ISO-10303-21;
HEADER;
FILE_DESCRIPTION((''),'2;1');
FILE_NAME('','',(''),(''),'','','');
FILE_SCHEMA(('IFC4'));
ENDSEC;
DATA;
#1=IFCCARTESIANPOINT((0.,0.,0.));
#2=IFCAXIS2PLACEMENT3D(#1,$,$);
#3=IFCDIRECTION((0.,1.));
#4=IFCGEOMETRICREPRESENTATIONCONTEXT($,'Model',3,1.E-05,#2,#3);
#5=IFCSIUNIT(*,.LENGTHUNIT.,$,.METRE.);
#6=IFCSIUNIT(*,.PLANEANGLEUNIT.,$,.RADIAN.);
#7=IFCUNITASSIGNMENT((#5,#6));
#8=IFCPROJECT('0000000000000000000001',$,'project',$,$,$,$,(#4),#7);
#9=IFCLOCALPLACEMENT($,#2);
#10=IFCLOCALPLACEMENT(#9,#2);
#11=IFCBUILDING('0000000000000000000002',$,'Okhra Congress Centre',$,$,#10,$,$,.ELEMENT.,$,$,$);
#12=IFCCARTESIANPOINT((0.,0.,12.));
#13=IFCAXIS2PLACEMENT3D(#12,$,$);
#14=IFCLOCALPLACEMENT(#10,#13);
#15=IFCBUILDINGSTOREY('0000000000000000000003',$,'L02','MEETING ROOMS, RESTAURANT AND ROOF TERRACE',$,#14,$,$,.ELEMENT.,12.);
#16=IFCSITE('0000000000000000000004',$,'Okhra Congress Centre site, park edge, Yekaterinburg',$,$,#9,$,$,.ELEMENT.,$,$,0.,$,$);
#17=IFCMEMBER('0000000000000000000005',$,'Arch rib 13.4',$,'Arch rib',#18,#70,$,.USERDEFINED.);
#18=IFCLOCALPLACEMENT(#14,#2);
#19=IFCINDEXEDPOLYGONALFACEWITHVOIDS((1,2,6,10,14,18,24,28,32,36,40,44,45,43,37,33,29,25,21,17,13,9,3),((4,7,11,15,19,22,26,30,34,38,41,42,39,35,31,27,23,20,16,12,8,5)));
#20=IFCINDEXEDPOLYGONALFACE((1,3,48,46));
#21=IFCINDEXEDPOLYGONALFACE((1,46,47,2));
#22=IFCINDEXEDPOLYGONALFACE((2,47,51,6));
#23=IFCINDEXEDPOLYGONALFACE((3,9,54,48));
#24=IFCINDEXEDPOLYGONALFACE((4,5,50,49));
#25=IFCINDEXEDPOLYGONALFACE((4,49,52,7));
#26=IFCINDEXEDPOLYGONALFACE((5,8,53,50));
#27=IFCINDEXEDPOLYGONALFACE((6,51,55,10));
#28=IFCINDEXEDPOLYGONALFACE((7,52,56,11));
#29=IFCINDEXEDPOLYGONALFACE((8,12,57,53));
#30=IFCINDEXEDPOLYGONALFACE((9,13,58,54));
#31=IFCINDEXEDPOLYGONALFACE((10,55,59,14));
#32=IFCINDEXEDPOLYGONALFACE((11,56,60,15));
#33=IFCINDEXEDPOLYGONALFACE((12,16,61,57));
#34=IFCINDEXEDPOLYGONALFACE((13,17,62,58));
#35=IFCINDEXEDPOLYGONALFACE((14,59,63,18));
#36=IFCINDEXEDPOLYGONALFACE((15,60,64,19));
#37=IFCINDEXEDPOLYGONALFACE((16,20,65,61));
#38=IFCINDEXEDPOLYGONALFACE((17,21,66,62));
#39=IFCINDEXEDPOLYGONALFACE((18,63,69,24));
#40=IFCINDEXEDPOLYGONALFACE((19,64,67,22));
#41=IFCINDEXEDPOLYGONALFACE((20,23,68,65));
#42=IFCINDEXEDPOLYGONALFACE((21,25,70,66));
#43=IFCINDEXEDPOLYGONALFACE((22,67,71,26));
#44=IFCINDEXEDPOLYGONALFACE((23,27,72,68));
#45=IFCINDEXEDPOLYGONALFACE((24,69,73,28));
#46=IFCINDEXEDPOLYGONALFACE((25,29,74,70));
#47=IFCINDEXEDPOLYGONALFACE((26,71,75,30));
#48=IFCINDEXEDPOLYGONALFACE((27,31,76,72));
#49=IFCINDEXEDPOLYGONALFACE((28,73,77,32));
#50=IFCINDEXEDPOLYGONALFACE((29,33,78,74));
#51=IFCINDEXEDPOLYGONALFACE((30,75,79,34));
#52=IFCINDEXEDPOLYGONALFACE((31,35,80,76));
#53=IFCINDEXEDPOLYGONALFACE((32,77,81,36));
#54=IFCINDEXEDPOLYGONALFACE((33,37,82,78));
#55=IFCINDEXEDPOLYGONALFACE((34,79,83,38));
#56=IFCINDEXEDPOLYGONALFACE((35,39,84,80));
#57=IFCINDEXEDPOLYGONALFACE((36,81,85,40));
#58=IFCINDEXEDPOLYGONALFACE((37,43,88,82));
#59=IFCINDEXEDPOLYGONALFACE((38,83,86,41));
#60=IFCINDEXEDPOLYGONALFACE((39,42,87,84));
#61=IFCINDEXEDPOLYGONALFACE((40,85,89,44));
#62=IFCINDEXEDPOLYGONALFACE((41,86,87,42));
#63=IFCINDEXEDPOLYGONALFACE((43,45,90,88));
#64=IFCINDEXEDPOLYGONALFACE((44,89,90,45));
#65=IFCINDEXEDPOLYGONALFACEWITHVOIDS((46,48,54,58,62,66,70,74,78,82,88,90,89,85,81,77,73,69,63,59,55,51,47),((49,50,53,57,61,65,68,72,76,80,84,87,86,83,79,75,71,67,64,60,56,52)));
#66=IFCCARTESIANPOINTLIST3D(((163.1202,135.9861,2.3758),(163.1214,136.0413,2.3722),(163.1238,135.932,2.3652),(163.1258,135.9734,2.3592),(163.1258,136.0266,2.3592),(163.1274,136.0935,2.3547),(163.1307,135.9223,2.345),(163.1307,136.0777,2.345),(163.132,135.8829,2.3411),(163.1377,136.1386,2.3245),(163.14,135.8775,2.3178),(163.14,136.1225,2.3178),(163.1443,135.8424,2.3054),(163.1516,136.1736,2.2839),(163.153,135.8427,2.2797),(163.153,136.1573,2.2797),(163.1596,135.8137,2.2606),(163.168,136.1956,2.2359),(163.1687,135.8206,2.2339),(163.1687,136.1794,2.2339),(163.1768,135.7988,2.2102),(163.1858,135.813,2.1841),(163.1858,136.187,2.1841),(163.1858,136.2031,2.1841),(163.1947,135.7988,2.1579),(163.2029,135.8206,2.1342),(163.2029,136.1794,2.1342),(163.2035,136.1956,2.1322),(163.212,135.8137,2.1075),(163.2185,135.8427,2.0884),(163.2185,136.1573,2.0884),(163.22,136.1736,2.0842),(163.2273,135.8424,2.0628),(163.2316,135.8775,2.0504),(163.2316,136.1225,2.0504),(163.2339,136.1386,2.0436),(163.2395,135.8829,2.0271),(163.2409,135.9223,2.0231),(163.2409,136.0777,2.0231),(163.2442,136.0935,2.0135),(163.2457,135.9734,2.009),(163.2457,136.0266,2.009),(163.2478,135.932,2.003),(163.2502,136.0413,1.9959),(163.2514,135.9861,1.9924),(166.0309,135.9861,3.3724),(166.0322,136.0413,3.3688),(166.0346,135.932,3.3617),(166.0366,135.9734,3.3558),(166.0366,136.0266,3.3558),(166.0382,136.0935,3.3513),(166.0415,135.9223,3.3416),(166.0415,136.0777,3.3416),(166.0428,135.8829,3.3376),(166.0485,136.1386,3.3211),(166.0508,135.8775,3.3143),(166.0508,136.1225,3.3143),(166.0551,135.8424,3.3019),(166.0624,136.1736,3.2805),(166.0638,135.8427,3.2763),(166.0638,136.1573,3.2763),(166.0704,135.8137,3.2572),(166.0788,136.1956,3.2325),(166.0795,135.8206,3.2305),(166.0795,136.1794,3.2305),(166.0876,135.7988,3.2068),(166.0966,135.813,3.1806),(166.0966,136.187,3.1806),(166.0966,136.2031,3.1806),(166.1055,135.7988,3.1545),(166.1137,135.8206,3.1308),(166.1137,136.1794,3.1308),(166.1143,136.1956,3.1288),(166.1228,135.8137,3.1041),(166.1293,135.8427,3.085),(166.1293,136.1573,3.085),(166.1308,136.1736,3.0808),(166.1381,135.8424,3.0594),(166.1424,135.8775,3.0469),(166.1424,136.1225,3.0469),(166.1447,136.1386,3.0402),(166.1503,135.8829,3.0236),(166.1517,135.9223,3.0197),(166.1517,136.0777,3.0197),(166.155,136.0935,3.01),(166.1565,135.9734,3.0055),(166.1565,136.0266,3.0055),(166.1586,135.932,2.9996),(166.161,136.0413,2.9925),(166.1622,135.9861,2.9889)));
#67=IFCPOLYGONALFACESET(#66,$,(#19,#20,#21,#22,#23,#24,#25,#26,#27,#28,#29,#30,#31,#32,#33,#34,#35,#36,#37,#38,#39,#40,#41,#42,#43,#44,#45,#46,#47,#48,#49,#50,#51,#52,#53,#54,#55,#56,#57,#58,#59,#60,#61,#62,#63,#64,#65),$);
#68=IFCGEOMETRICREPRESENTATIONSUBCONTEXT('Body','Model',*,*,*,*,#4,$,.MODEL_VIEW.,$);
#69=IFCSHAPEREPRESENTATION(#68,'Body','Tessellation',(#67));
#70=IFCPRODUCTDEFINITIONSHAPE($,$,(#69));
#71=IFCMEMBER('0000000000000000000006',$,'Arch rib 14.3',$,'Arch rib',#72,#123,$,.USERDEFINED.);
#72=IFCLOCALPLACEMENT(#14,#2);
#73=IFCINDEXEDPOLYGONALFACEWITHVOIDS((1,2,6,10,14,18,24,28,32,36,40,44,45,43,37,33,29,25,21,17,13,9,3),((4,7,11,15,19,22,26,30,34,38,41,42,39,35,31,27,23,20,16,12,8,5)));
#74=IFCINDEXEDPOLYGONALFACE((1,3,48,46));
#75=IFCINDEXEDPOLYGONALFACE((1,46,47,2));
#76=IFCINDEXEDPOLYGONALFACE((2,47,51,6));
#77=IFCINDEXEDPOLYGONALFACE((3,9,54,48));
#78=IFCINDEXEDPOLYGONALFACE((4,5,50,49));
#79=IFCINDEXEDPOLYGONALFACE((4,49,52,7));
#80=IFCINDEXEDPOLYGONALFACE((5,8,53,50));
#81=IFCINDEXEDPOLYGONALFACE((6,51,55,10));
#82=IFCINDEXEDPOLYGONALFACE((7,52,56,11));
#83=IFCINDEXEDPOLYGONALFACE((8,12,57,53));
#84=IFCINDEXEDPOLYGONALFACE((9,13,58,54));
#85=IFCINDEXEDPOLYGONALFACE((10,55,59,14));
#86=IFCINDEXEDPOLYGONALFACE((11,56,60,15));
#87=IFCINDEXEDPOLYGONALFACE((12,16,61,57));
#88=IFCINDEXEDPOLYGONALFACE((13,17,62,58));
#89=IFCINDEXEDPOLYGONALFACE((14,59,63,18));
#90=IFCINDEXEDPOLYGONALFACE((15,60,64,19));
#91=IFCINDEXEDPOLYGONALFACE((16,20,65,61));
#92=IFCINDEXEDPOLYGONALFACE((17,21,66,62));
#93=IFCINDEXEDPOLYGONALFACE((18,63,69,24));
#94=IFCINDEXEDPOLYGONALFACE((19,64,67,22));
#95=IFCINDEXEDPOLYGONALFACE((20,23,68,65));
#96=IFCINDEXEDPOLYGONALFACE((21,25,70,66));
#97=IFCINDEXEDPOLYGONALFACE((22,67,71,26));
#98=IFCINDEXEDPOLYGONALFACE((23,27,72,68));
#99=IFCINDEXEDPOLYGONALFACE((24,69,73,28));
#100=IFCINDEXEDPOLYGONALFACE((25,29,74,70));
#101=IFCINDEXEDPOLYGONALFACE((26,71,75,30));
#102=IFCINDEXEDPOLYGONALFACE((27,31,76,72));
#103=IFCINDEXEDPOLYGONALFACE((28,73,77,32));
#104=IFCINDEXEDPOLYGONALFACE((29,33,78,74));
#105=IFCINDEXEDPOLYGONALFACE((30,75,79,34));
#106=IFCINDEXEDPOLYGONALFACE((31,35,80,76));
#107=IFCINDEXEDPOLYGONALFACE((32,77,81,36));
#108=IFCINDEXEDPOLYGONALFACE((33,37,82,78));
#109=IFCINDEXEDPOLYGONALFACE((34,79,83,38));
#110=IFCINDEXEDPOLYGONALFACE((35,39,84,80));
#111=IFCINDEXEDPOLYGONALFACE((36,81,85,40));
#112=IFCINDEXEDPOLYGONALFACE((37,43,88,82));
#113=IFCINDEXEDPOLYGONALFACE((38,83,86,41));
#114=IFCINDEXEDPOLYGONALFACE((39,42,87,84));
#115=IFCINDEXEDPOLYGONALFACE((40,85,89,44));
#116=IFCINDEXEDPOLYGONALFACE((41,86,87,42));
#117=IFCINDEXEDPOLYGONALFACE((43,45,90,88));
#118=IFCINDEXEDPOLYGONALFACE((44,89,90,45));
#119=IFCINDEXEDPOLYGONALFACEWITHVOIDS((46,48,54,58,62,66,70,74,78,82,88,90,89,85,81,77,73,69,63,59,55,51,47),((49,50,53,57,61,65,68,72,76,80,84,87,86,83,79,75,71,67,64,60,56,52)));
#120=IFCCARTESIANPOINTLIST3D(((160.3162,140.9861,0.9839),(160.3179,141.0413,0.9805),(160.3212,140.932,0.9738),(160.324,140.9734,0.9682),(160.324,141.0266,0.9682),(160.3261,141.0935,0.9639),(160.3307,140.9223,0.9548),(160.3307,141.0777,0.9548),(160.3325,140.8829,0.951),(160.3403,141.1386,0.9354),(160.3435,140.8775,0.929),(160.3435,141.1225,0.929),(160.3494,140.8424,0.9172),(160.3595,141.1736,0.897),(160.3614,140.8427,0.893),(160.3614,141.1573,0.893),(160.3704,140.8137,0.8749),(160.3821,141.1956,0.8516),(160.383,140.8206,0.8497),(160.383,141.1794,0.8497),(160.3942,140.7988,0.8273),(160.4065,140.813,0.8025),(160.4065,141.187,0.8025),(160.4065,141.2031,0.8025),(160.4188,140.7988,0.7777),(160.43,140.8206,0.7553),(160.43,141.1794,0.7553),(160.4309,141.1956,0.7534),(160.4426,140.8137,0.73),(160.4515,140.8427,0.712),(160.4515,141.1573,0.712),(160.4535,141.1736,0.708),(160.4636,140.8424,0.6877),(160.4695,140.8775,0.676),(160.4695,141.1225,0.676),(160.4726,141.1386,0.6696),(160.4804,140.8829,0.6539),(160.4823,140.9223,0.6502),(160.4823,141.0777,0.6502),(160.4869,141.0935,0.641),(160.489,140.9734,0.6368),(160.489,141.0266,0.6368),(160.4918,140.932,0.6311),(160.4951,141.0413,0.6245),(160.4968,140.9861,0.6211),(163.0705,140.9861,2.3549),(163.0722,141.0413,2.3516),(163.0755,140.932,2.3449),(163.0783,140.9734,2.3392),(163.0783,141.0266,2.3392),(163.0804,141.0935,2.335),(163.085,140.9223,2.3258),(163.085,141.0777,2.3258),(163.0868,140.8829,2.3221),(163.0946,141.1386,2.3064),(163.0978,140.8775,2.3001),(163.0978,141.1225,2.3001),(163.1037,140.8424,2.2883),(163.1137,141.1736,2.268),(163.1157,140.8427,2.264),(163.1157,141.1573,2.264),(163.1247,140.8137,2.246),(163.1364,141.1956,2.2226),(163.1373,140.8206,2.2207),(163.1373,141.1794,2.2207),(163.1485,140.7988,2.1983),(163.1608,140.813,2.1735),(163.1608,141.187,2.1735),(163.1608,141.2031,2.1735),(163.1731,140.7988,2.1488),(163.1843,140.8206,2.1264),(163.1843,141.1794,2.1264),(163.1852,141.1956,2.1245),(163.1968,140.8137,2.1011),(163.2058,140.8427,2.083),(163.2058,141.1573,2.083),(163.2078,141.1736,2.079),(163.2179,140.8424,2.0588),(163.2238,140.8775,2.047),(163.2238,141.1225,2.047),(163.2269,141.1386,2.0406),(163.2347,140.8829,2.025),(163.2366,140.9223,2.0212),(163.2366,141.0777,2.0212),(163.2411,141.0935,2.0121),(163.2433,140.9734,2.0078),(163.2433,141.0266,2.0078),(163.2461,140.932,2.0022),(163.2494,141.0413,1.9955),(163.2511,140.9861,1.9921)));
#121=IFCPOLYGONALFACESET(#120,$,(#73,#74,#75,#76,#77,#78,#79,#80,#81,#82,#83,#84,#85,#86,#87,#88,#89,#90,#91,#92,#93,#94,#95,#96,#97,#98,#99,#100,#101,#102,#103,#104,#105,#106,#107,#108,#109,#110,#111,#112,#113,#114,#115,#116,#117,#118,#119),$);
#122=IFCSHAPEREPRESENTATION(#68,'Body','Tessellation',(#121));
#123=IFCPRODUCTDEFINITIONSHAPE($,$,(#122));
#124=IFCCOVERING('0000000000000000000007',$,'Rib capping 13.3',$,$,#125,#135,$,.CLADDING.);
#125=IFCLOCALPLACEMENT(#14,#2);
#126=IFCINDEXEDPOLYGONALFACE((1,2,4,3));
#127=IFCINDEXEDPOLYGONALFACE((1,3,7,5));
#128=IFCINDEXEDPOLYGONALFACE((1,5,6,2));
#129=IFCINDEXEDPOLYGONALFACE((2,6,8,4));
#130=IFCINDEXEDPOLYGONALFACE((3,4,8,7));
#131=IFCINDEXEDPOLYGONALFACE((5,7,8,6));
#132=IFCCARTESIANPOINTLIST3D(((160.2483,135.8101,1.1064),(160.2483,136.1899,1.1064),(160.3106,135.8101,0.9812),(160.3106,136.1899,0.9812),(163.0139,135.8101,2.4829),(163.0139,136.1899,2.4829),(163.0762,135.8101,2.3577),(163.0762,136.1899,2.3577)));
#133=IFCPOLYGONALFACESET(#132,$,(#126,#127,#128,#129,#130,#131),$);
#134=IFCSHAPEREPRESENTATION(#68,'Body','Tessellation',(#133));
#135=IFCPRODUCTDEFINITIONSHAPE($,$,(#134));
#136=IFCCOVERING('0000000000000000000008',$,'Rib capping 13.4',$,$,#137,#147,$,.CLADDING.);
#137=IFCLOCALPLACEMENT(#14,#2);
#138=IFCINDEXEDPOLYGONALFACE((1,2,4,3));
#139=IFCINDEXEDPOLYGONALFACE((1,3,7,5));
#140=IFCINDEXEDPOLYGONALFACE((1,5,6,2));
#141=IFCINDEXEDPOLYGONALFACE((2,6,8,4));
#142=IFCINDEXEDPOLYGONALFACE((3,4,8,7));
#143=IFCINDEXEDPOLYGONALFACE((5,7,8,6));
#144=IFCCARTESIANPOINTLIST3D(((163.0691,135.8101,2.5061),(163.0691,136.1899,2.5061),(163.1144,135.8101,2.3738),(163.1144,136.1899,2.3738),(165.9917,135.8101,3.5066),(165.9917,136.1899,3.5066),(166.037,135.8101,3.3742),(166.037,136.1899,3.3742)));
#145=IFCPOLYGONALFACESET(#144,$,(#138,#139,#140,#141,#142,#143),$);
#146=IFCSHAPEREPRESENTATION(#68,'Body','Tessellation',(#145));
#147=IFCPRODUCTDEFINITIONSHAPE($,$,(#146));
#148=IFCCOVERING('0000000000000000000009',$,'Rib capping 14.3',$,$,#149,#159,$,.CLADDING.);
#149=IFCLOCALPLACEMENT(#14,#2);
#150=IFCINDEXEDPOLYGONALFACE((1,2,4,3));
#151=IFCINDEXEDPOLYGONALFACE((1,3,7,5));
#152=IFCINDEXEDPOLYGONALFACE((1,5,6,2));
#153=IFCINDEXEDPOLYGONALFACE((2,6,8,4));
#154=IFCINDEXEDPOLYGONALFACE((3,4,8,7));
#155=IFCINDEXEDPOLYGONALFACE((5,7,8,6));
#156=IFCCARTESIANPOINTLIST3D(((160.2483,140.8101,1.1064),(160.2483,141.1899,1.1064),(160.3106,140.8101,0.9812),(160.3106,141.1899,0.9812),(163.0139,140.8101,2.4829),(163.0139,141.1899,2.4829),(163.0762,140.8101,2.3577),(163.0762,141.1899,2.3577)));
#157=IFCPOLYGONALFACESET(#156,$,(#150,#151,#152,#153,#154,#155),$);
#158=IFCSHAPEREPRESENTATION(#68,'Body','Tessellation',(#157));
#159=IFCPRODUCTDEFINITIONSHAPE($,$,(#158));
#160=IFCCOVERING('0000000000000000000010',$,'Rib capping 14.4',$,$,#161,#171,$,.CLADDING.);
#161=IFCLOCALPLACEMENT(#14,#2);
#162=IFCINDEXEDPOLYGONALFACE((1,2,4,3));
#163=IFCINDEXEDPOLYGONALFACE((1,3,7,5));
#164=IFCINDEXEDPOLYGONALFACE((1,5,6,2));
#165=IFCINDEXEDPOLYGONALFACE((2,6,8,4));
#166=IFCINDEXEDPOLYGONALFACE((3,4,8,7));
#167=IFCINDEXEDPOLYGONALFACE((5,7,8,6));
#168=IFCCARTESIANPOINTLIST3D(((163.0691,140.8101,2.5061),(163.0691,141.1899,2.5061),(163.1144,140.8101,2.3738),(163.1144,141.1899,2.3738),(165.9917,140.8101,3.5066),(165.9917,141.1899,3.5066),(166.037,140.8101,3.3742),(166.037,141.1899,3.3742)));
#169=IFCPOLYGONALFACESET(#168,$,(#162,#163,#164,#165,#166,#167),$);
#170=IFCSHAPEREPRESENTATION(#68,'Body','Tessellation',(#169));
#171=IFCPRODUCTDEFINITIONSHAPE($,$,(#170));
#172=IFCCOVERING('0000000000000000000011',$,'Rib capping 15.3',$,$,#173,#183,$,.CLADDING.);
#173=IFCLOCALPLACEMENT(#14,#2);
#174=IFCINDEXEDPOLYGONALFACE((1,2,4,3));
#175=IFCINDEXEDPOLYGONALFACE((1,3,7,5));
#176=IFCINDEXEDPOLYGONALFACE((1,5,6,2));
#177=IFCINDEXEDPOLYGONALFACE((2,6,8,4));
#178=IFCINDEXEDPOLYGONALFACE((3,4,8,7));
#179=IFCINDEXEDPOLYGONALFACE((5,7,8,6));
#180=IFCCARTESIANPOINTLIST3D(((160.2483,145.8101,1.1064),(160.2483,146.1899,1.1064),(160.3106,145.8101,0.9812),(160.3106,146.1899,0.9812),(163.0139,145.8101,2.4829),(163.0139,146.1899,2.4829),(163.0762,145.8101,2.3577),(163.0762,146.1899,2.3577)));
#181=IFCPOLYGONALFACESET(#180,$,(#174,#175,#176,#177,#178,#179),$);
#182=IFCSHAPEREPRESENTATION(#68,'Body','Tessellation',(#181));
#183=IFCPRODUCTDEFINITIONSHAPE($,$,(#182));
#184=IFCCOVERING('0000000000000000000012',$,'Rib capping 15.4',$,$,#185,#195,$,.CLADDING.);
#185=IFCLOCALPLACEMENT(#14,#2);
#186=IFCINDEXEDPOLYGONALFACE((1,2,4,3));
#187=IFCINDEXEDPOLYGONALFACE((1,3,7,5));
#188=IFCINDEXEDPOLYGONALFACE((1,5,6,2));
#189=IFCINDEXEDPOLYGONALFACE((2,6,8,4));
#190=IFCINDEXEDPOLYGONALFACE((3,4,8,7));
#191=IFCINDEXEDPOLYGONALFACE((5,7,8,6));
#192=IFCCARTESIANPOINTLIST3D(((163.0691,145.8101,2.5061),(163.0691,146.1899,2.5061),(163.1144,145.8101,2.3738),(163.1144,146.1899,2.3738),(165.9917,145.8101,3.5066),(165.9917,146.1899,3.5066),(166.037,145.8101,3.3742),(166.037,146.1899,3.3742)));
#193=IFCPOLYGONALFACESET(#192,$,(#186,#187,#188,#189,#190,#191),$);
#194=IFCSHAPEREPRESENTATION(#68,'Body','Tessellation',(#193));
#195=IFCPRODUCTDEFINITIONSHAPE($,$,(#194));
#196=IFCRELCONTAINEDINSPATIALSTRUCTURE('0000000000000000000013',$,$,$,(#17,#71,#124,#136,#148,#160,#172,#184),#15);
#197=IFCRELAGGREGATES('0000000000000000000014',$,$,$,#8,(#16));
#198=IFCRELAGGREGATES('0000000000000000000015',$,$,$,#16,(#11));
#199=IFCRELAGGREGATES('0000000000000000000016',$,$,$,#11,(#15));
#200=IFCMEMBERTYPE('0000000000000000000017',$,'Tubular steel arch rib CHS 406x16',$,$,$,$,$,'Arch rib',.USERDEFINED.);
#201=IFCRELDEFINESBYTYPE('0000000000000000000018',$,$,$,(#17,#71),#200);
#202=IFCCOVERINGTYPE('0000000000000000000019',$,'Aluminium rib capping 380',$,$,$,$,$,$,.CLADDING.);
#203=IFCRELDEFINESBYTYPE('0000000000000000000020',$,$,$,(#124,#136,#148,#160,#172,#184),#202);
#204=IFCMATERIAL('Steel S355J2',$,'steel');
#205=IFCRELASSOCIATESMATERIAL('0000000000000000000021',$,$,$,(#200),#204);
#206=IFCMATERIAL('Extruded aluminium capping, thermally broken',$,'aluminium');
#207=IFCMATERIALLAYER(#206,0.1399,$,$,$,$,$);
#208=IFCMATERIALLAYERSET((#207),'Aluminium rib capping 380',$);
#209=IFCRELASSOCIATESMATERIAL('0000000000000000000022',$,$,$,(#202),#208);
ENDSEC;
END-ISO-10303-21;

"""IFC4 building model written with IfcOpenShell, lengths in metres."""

from ifc_helpers import new_model, si_unit, direction, frame, origin, origin_2d, place, context, subcontext, project, spatial, polyline, hollow_circle, outline, extrude, material, layer, layer_set, material_profile, profile_set, type_object, element, save


model = new_model("IFC4")

# Units and contexts
model_context = context("Model", 3, precision=1e-05, world=origin(), true_north=direction((0.0, 1.0)))
body_context = subcontext(model_context, "Body", "Model", "MODEL_VIEW")
ifc_project = project(units=[si_unit("LENGTHUNIT", "METRE"), si_unit("PLANEANGLEUNIT", "RADIAN")], contexts=[model_context])

# Site, building, storey
site_placement = place(None, origin())
site = spatial("IfcSite", under=ifc_project, at=site_placement, Name="Okhra Congress Centre site, park edge, Yekaterinburg", CompositionType="ELEMENT", RefElevation=0.0)
building_placement = place(site_placement, origin())
building = spatial("IfcBuilding", under=site, at=building_placement, Name="Okhra Congress Centre", CompositionType="ELEMENT")
storey_placement = place(building_placement, frame((0.0, 0.0, 12.0)))
storey = spatial("IfcBuildingStorey", under=building, at=storey_placement, Name="L02", Description="MEETING ROOMS, RESTAURANT AND ROOF TERRACE", CompositionType="ELEMENT", Elevation=12.0)

# Members
ifc_material_1 = material(Name="Steel S355J2", Category="steel")
ifc_material_profile_1 = material_profile(ifc_material_1, hollow_circle(Radius=0.2031, WallThickness=0.0161, at=origin_2d()), Name="CHS 406.4x16")
ifc_profile_set_1 = profile_set([ifc_material_profile_1], Name="Steel S355J2")
member_type_1 = type_object("IfcMemberType", Name="Tubular steel arch rib CHS 406x16", ElementType="Arch rib", PredefinedType="USERDEFINED", material=ifc_profile_set_1)
for number, where, z_axis, x_axis, name in (
    (1, (163.1858, 136.0, 2.1841), (0.946089, 0.0, 0.323906), (0.0, 1.0, 0.0), "Arch rib 13.4"),
    (2, (160.4065, 141.0, 0.8025), (0.895219, 0.0, 0.445626), (0.0, 1.0, 0.0), "Arch rib 14.3"),
):
    element("IfcMember", number, at=place(storey_placement, frame(where, z_axis=z_axis, x_axis=x_axis)), inside=storey, type_object=member_type_1, Name=name, ObjectType="Arch rib", PredefinedType="USERDEFINED", context=body_context, shape_type="SweptSolid", body=[
        extrude(hollow_circle(Radius=0.2031, WallThickness=0.0161, at=origin_2d()), origin(), (0.0, 0.0, 1.0), 3.0767),
    ])

# Coverings
ifc_material_2 = material(Name="Extruded aluminium capping, thermally broken", Category="aluminium")
ifc_layer_1 = layer(ifc_material_2, 0.1399)
ifc_layer_set_1 = layer_set([ifc_layer_1], Name="Aluminium rib capping 380")
covering_type = type_object("IfcCoveringType", Name="Aluminium rib capping 380", PredefinedType="CLADDING", material=ifc_layer_set_1)
covering_1_placement = place(storey_placement, frame((160.2483, 135.8101, 1.1064), z_axis=(-0.445569, 0.0, 0.895248), x_axis=(0.895248, 0.0, 0.445569)))
element("IfcCovering", 3, at=covering_1_placement, inside=storey, type_object=covering_type, Name="Rib capping 13.3", PredefinedType="CLADDING", context=body_context, shape_type="SweptSolid", body=[
    extrude(outline(polyline([(0.0, 0.0), (3.0892, 0.0), (3.0892, 0.3799), (0.0, 0.3799), (0.0, 0.0)])), origin(), (0.0, 0.0, -1.0), 0.1399),
])
covering_2_placement = place(storey_placement, frame((163.0691, 135.8101, 2.5061), z_axis=(-0.323876, 0.0, 0.9461), x_axis=(0.9461, 0.0, 0.323876)))
element("IfcCovering", 4, at=covering_2_placement, inside=storey, type_object=covering_type, Name="Rib capping 13.4", PredefinedType="CLADDING", context=body_context, shape_type="SweptSolid", body=[
    extrude(outline(polyline([(0.0, 0.0), (3.0891, 0.0), (3.0891, 0.3799), (0.0, 0.3799), (0.0, 0.0)])), origin(), (0.0, 0.0, -1.0), 0.1399),
])
covering_3_placement = place(storey_placement, frame((160.2483, 140.8101, 1.1064), z_axis=(-0.445569, 0.0, 0.895248), x_axis=(0.895248, 0.0, 0.445569)))
element("IfcCovering", 5, at=covering_3_placement, inside=storey, type_object=covering_type, Name="Rib capping 14.3", PredefinedType="CLADDING", context=body_context, shape_type="SweptSolid", body=[
    extrude(outline(polyline([(0.0, 0.0), (3.0892, 0.0), (3.0892, 0.3799), (0.0, 0.3799), (0.0, 0.0)])), origin(), (0.0, 0.0, -1.0), 0.1399),
])
covering_4_placement = place(storey_placement, frame((163.0691, 140.8101, 2.5061), z_axis=(-0.323876, 0.0, 0.9461), x_axis=(0.9461, 0.0, 0.323876)))
element("IfcCovering", 6, at=covering_4_placement, inside=storey, type_object=covering_type, Name="Rib capping 14.4", PredefinedType="CLADDING", context=body_context, shape_type="SweptSolid", body=[
    extrude(outline(polyline([(0.0, 0.0), (3.0891, 0.0), (3.0891, 0.3799), (0.0, 0.3799), (0.0, 0.0)])), origin(), (0.0, 0.0, -1.0), 0.1399),
])
covering_5_placement = place(storey_placement, frame((160.2483, 145.8101, 1.1064), z_axis=(-0.445569, 0.0, 0.895248), x_axis=(0.895248, 0.0, 0.445569)))
element("IfcCovering", 7, at=covering_5_placement, inside=storey, type_object=covering_type, Name="Rib capping 15.3", PredefinedType="CLADDING", context=body_context, shape_type="SweptSolid", body=[
    extrude(outline(polyline([(0.0, 0.0), (3.0892, 0.0), (3.0892, 0.3799), (0.0, 0.3799), (0.0, 0.0)])), origin(), (0.0, 0.0, -1.0), 0.1399),
])
covering_6_placement = place(storey_placement, frame((163.0691, 145.8101, 2.5061), z_axis=(-0.323876, 0.0, 0.9461), x_axis=(0.9461, 0.0, 0.323876)))
element("IfcCovering", 8, at=covering_6_placement, inside=storey, type_object=covering_type, Name="Rib capping 15.4", PredefinedType="CLADDING", context=body_context, shape_type="SweptSolid", body=[
    extrude(outline(polyline([(0.0, 0.0), (3.0891, 0.0), (3.0891, 0.3799), (0.0, 0.3799), (0.0, 0.0)])), origin(), (0.0, 0.0, -1.0), 0.1399),
])

save(model, "model.ifc")
